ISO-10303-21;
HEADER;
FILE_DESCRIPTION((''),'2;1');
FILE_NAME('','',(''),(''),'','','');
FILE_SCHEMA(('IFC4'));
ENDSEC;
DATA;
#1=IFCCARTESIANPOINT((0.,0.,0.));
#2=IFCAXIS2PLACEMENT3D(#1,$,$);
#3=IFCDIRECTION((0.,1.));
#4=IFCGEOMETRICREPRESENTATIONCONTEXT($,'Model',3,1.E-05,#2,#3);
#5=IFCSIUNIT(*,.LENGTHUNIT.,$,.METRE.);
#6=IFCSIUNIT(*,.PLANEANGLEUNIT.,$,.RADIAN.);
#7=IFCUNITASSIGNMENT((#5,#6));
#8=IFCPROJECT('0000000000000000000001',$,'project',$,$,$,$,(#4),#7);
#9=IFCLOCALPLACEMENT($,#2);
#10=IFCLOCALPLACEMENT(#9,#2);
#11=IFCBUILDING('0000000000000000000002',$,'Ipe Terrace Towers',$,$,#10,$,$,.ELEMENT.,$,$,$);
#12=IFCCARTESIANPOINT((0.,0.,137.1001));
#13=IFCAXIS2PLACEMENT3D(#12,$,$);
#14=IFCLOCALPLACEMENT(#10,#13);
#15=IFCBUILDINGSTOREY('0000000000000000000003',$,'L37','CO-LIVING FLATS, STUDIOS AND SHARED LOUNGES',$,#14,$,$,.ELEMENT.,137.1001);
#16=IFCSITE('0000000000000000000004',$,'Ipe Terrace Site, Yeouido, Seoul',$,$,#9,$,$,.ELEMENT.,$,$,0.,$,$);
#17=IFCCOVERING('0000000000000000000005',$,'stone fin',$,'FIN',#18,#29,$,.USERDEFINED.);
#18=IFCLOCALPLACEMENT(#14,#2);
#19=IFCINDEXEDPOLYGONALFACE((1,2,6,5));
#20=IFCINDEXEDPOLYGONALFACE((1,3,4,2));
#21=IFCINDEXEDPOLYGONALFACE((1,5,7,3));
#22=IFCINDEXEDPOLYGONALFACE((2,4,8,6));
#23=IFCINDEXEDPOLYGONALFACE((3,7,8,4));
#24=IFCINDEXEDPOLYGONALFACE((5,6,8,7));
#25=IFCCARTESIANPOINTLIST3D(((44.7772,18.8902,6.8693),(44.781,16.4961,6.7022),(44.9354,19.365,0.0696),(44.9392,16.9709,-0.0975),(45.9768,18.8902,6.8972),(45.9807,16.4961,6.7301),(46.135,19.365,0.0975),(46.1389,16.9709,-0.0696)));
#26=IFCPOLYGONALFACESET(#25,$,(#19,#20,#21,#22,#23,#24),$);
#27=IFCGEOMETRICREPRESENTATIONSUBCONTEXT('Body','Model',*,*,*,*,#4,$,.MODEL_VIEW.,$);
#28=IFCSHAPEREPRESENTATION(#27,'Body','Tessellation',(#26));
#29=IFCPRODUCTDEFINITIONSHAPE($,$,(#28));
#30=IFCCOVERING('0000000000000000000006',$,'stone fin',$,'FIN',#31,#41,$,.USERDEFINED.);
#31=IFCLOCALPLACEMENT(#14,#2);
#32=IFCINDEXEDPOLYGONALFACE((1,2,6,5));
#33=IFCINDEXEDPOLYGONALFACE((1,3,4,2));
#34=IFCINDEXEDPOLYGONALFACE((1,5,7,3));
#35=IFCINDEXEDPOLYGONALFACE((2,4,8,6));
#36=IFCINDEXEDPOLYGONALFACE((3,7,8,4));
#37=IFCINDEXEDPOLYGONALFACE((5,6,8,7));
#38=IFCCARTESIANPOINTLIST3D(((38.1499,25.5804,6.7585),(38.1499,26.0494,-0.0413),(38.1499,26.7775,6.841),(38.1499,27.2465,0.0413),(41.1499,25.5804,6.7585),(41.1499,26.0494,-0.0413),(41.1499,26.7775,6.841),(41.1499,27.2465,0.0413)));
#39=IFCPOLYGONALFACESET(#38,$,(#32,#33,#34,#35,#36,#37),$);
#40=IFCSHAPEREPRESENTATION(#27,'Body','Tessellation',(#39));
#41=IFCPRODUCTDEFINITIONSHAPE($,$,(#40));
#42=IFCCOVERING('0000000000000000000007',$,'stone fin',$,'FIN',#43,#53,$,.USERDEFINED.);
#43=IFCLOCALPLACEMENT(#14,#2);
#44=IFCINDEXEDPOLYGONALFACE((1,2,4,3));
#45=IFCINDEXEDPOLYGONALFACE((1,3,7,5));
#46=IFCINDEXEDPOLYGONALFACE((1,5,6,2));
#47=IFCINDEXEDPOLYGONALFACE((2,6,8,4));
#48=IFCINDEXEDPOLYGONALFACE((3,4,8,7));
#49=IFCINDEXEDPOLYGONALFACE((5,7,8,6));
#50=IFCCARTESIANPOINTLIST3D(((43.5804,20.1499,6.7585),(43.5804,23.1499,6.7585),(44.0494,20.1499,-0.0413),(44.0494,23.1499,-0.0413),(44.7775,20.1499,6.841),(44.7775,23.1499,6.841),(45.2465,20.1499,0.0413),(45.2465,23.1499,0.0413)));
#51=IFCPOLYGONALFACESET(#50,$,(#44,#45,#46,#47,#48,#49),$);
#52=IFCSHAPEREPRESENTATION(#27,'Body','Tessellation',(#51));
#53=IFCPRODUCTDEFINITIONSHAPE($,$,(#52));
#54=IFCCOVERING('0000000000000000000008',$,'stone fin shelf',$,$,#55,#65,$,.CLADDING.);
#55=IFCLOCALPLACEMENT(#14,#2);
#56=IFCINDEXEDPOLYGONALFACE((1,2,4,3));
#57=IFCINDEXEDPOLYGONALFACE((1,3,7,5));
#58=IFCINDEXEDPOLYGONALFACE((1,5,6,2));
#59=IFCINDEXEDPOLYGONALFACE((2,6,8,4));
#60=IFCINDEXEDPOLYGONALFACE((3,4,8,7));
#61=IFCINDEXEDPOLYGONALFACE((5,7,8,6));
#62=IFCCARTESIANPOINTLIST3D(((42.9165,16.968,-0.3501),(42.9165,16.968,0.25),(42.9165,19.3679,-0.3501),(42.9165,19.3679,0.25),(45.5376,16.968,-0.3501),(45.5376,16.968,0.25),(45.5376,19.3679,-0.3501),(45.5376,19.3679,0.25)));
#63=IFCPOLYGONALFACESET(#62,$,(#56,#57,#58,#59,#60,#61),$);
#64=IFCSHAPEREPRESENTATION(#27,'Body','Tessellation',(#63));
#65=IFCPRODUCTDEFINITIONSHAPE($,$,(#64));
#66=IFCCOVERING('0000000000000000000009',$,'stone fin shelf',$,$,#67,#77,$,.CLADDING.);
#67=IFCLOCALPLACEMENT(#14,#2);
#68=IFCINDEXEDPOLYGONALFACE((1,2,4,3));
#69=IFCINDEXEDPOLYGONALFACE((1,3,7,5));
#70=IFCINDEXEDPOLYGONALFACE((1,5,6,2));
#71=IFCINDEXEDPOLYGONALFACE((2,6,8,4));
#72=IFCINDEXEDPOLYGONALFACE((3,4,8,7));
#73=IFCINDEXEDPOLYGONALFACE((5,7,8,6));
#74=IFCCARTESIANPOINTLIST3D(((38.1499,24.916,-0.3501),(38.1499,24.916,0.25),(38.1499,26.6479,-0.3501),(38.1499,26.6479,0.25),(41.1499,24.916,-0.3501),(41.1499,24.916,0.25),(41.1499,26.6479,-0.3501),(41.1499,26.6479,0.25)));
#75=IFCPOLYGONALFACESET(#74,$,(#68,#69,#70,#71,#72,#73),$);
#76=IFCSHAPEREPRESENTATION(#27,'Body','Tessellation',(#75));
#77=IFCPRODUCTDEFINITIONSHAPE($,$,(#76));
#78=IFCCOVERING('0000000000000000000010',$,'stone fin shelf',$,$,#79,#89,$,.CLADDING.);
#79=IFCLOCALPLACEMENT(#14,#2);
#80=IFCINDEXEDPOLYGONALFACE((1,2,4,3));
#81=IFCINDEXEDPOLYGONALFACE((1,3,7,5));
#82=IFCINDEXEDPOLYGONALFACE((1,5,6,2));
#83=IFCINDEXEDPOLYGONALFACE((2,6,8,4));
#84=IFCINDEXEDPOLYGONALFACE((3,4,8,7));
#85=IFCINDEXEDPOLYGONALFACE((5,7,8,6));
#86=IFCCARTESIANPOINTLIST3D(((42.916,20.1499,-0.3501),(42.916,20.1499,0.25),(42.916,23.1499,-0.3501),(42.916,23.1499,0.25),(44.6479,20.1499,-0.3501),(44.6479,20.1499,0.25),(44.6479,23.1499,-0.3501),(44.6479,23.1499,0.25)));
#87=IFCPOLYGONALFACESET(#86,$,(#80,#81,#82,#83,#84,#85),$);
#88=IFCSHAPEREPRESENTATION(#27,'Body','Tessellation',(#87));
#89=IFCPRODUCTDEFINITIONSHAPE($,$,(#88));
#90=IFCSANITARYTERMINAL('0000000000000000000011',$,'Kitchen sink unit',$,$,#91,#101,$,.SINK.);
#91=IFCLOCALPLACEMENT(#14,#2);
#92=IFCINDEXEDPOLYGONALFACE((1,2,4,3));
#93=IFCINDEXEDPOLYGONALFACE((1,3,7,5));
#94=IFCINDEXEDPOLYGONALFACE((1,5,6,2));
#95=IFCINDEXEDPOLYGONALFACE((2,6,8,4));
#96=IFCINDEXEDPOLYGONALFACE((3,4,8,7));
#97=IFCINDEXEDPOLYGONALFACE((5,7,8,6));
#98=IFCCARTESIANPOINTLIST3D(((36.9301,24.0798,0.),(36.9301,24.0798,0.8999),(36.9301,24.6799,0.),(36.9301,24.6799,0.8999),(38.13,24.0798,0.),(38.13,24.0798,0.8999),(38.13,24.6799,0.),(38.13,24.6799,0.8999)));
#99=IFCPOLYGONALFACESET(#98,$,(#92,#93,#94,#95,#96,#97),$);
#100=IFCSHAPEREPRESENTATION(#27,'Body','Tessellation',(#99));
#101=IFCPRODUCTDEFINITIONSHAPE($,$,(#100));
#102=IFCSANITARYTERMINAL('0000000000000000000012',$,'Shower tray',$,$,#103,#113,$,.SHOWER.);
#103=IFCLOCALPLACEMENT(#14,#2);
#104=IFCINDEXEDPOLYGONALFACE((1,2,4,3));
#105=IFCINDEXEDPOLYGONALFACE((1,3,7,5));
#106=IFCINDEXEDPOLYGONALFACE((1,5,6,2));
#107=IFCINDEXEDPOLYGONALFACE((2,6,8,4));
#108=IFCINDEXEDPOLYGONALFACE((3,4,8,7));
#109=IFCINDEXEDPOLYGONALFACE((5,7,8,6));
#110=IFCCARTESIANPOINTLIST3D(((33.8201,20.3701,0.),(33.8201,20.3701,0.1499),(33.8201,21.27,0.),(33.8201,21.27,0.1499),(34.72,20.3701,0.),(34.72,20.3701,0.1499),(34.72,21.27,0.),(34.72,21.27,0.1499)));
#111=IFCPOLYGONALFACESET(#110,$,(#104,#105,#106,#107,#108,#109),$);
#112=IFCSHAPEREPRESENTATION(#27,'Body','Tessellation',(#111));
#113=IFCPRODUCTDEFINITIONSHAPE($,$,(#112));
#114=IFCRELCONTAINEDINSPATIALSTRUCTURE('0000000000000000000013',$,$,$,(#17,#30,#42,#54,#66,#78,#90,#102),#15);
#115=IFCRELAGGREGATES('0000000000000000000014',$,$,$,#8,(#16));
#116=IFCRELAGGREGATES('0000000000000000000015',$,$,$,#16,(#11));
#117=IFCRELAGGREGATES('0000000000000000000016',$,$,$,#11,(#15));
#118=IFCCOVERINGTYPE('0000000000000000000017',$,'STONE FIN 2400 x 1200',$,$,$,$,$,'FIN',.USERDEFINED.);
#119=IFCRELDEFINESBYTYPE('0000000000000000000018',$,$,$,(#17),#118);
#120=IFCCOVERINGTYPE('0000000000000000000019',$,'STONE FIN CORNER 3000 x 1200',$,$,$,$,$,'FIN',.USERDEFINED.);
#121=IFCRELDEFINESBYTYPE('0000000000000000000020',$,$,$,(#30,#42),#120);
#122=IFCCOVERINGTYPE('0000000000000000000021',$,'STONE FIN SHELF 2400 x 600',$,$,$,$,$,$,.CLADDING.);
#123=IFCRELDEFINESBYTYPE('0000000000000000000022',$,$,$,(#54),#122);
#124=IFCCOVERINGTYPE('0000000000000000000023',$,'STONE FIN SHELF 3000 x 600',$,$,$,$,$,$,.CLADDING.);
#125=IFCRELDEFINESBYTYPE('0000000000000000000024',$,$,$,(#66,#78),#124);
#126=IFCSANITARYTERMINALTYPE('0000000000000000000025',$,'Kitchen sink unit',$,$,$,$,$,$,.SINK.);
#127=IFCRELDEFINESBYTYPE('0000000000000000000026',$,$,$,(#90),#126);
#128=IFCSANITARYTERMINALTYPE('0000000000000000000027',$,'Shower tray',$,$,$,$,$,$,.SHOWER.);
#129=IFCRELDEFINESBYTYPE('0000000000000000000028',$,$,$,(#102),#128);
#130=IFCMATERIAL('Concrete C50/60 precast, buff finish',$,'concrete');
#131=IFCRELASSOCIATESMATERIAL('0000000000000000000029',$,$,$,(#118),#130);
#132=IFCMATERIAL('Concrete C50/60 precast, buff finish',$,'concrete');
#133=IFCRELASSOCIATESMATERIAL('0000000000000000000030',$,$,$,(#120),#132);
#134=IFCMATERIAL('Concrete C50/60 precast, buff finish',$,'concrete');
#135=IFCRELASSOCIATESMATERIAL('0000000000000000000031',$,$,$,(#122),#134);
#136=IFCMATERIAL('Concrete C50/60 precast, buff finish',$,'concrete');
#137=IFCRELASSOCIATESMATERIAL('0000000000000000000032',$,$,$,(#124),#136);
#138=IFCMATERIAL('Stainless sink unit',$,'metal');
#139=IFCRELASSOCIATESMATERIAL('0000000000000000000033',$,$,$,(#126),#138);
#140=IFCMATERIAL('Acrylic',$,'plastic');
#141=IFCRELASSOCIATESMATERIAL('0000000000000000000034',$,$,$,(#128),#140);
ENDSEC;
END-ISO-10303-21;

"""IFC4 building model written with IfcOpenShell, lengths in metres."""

from ifc_helpers import new_model, si_unit, direction, frame, origin, origin_2d, place, context, subcontext, project, spatial, rectangle, extrude, material, material_profile, profile_set, type_object, element, save


model = new_model("IFC4")

# Units and contexts
model_context = context("Model", 3, precision=1e-05, world=origin(), true_north=direction((0.0, 1.0)))
body_context = subcontext(model_context, "Body", "Model", "MODEL_VIEW")
ifc_project = project(units=[si_unit("LENGTHUNIT", "METRE"), si_unit("PLANEANGLEUNIT", "RADIAN")], contexts=[model_context])

# Site, building, storey
site_placement = place(None, origin())
site = spatial("IfcSite", under=ifc_project, at=site_placement, Name="Ipe Terrace Site, Yeouido, Seoul", CompositionType="ELEMENT", RefElevation=0.0)
building_placement = place(site_placement, origin())
building = spatial("IfcBuilding", under=site, at=building_placement, Name="Ipe Terrace Towers", CompositionType="ELEMENT")
storey_placement = place(building_placement, frame((0.0, 0.0, 137.1001)))
storey = spatial("IfcBuildingStorey", under=building, at=storey_placement, Name="L37", Description="CO-LIVING FLATS, STUDIOS AND SHARED LOUNGES", CompositionType="ELEMENT", Elevation=137.1001)

# Coverings
ifc_material_1 = material(Name="Concrete C50/60 precast, buff finish", Category="concrete")
ifc_material_profile_1 = material_profile(ifc_material_1, rectangle(XDim=2.3999, YDim=1.2, at=origin_2d()), Name="STONE FIN 2400 x 1200")
ifc_profile_set_1 = profile_set([ifc_material_profile_1], Name="Concrete C50/60 precast, buff finish")
covering_type_1 = type_object("IfcCoveringType", Name="STONE FIN 2400 x 1200", ElementType="FIN", PredefinedType="USERDEFINED", material=ifc_profile_set_1)
covering_1_placement = place(storey_placement, frame((45.5371, 18.168, 0.0), z_axis=(-0.023203, -0.069645, 0.997302), x_axis=(-0.00162, 0.997572, 0.069626)))
element("IfcCovering", 1, at=covering_1_placement, inside=storey, type_object=covering_type_1, Name="stone fin", ObjectType="FIN", PredefinedType="USERDEFINED", context=body_context, shape_type="SweptSolid", body=[
    extrude(rectangle(XDim=2.3999, YDim=1.2, at=origin_2d()), origin(), (0.0, 0.0, 1.0), 6.8181),
])
ifc_material_2 = material(Name="Concrete C50/60 precast, buff finish", Category="concrete")
ifc_material_profile_2 = material_profile(ifc_material_2, rectangle(XDim=3.0, YDim=1.2, at=origin_2d()), Name="STONE FIN CORNER 3000 x 1200")
ifc_profile_set_2 = profile_set([ifc_material_profile_2], Name="Concrete C50/60 precast, buff finish")
covering_type_2 = type_object("IfcCoveringType", Name="STONE FIN CORNER 3000 x 1200", ElementType="FIN", PredefinedType="USERDEFINED", material=ifc_profile_set_2)
for number, where, z_axis, x_axis, name in (
    (2, (39.6499, 26.6479, 0.0), (0.0, -0.068808, 0.99763), (-1.0, 0.0, 0.0), "stone fin"),
    (3, (44.6479, 21.6499, 0.0), (-0.068808, 0.0, 0.99763), (0.0, 1.0, 0.0), "stone fin"),
):
    element("IfcCovering", number, at=place(storey_placement, frame(where, z_axis=z_axis, x_axis=x_axis)), inside=storey, type_object=covering_type_2, Name=name, ObjectType="FIN", PredefinedType="USERDEFINED", context=body_context, shape_type="SweptSolid", body=[
        extrude(rectangle(XDim=3.0, YDim=1.2, at=origin_2d()), origin(), (0.0, 0.0, 1.0), 6.8159),
    ])
ifc_material_3 = material(Name="Concrete C50/60 precast, buff finish", Category="concrete")
covering_type_3 = type_object("IfcCoveringType", Name="STONE FIN SHELF 2400 x 600", PredefinedType="CLADDING", material=ifc_material_3)
covering_2_placement = place(storey_placement, frame((44.2271, 18.168, -0.3501), z_axis=(0.0, 0.0, 1.0), x_axis=(0.0, 1.0, 0.0)))
element("IfcCovering", 4, at=covering_2_placement, inside=storey, type_object=covering_type_3, Name="stone fin shelf", PredefinedType="CLADDING", context=body_context, shape_type="SweptSolid", body=[
    extrude(rectangle(XDim=2.3999, YDim=2.6211, at=origin_2d()), origin(), (0.0, 0.0, 1.0), 0.6001),
])
ifc_material_4 = material(Name="Concrete C50/60 precast, buff finish", Category="concrete")
covering_type_4 = type_object("IfcCoveringType", Name="STONE FIN SHELF 3000 x 600", PredefinedType="CLADDING", material=ifc_material_4)
for number, where, z_axis, x_axis, name in (
    (5, (39.6499, 25.782, -0.3501), (0.0, 0.0, 1.0), (-1.0, 0.0, 0.0), "stone fin shelf"),
    (6, (43.782, 21.6499, -0.3501), (0.0, 0.0, 1.0), (0.0, 1.0, 0.0), "stone fin shelf"),
):
    element("IfcCovering", number, at=place(storey_placement, frame(where, z_axis=z_axis, x_axis=x_axis)), inside=storey, type_object=covering_type_4, Name=name, PredefinedType="CLADDING", context=body_context, shape_type="SweptSolid", body=[
        extrude(rectangle(XDim=3.0, YDim=1.7319, at=origin_2d()), origin(), (0.0, 0.0, 1.0), 0.6001),
    ])

# Sanitary terminals
ifc_material_5 = material(Name="Stainless sink unit", Category="metal")
sanitary_terminal_type_1 = type_object("IfcSanitaryTerminalType", Name="Kitchen sink unit", PredefinedType="SINK", material=ifc_material_5)
sanitary_terminal_1_placement = place(storey_placement, frame((37.53, 24.3799, 0.0), z_axis=(0.0, 0.0, 1.0), x_axis=(1.0, 0.0, 0.0)))
element("IfcSanitaryTerminal", 7, at=sanitary_terminal_1_placement, inside=storey, type_object=sanitary_terminal_type_1, Name="Kitchen sink unit", PredefinedType="SINK", context=body_context, shape_type="SweptSolid", body=[
    extrude(rectangle(XDim=1.2, YDim=0.6001, at=origin_2d()), origin(), (0.0, 0.0, 1.0), 0.8999),
])
ifc_material_6 = material(Name="Acrylic", Category="plastic")
sanitary_terminal_type_2 = type_object("IfcSanitaryTerminalType", Name="Shower tray", PredefinedType="SHOWER", material=ifc_material_6)
sanitary_terminal_2_placement = place(storey_placement, frame((34.27, 20.8201, 0.0), z_axis=(0.0, 0.0, 1.0), x_axis=(1.0, 0.0, 0.0)))
element("IfcSanitaryTerminal", 8, at=sanitary_terminal_2_placement, inside=storey, type_object=sanitary_terminal_type_2, Name="Shower tray", PredefinedType="SHOWER", context=body_context, shape_type="SweptSolid", body=[
    extrude(rectangle(XDim=0.8999, YDim=0.8999, at=origin_2d()), origin(), (0.0, 0.0, 1.0), 0.1499),
])

save(model, "model.ifc")
